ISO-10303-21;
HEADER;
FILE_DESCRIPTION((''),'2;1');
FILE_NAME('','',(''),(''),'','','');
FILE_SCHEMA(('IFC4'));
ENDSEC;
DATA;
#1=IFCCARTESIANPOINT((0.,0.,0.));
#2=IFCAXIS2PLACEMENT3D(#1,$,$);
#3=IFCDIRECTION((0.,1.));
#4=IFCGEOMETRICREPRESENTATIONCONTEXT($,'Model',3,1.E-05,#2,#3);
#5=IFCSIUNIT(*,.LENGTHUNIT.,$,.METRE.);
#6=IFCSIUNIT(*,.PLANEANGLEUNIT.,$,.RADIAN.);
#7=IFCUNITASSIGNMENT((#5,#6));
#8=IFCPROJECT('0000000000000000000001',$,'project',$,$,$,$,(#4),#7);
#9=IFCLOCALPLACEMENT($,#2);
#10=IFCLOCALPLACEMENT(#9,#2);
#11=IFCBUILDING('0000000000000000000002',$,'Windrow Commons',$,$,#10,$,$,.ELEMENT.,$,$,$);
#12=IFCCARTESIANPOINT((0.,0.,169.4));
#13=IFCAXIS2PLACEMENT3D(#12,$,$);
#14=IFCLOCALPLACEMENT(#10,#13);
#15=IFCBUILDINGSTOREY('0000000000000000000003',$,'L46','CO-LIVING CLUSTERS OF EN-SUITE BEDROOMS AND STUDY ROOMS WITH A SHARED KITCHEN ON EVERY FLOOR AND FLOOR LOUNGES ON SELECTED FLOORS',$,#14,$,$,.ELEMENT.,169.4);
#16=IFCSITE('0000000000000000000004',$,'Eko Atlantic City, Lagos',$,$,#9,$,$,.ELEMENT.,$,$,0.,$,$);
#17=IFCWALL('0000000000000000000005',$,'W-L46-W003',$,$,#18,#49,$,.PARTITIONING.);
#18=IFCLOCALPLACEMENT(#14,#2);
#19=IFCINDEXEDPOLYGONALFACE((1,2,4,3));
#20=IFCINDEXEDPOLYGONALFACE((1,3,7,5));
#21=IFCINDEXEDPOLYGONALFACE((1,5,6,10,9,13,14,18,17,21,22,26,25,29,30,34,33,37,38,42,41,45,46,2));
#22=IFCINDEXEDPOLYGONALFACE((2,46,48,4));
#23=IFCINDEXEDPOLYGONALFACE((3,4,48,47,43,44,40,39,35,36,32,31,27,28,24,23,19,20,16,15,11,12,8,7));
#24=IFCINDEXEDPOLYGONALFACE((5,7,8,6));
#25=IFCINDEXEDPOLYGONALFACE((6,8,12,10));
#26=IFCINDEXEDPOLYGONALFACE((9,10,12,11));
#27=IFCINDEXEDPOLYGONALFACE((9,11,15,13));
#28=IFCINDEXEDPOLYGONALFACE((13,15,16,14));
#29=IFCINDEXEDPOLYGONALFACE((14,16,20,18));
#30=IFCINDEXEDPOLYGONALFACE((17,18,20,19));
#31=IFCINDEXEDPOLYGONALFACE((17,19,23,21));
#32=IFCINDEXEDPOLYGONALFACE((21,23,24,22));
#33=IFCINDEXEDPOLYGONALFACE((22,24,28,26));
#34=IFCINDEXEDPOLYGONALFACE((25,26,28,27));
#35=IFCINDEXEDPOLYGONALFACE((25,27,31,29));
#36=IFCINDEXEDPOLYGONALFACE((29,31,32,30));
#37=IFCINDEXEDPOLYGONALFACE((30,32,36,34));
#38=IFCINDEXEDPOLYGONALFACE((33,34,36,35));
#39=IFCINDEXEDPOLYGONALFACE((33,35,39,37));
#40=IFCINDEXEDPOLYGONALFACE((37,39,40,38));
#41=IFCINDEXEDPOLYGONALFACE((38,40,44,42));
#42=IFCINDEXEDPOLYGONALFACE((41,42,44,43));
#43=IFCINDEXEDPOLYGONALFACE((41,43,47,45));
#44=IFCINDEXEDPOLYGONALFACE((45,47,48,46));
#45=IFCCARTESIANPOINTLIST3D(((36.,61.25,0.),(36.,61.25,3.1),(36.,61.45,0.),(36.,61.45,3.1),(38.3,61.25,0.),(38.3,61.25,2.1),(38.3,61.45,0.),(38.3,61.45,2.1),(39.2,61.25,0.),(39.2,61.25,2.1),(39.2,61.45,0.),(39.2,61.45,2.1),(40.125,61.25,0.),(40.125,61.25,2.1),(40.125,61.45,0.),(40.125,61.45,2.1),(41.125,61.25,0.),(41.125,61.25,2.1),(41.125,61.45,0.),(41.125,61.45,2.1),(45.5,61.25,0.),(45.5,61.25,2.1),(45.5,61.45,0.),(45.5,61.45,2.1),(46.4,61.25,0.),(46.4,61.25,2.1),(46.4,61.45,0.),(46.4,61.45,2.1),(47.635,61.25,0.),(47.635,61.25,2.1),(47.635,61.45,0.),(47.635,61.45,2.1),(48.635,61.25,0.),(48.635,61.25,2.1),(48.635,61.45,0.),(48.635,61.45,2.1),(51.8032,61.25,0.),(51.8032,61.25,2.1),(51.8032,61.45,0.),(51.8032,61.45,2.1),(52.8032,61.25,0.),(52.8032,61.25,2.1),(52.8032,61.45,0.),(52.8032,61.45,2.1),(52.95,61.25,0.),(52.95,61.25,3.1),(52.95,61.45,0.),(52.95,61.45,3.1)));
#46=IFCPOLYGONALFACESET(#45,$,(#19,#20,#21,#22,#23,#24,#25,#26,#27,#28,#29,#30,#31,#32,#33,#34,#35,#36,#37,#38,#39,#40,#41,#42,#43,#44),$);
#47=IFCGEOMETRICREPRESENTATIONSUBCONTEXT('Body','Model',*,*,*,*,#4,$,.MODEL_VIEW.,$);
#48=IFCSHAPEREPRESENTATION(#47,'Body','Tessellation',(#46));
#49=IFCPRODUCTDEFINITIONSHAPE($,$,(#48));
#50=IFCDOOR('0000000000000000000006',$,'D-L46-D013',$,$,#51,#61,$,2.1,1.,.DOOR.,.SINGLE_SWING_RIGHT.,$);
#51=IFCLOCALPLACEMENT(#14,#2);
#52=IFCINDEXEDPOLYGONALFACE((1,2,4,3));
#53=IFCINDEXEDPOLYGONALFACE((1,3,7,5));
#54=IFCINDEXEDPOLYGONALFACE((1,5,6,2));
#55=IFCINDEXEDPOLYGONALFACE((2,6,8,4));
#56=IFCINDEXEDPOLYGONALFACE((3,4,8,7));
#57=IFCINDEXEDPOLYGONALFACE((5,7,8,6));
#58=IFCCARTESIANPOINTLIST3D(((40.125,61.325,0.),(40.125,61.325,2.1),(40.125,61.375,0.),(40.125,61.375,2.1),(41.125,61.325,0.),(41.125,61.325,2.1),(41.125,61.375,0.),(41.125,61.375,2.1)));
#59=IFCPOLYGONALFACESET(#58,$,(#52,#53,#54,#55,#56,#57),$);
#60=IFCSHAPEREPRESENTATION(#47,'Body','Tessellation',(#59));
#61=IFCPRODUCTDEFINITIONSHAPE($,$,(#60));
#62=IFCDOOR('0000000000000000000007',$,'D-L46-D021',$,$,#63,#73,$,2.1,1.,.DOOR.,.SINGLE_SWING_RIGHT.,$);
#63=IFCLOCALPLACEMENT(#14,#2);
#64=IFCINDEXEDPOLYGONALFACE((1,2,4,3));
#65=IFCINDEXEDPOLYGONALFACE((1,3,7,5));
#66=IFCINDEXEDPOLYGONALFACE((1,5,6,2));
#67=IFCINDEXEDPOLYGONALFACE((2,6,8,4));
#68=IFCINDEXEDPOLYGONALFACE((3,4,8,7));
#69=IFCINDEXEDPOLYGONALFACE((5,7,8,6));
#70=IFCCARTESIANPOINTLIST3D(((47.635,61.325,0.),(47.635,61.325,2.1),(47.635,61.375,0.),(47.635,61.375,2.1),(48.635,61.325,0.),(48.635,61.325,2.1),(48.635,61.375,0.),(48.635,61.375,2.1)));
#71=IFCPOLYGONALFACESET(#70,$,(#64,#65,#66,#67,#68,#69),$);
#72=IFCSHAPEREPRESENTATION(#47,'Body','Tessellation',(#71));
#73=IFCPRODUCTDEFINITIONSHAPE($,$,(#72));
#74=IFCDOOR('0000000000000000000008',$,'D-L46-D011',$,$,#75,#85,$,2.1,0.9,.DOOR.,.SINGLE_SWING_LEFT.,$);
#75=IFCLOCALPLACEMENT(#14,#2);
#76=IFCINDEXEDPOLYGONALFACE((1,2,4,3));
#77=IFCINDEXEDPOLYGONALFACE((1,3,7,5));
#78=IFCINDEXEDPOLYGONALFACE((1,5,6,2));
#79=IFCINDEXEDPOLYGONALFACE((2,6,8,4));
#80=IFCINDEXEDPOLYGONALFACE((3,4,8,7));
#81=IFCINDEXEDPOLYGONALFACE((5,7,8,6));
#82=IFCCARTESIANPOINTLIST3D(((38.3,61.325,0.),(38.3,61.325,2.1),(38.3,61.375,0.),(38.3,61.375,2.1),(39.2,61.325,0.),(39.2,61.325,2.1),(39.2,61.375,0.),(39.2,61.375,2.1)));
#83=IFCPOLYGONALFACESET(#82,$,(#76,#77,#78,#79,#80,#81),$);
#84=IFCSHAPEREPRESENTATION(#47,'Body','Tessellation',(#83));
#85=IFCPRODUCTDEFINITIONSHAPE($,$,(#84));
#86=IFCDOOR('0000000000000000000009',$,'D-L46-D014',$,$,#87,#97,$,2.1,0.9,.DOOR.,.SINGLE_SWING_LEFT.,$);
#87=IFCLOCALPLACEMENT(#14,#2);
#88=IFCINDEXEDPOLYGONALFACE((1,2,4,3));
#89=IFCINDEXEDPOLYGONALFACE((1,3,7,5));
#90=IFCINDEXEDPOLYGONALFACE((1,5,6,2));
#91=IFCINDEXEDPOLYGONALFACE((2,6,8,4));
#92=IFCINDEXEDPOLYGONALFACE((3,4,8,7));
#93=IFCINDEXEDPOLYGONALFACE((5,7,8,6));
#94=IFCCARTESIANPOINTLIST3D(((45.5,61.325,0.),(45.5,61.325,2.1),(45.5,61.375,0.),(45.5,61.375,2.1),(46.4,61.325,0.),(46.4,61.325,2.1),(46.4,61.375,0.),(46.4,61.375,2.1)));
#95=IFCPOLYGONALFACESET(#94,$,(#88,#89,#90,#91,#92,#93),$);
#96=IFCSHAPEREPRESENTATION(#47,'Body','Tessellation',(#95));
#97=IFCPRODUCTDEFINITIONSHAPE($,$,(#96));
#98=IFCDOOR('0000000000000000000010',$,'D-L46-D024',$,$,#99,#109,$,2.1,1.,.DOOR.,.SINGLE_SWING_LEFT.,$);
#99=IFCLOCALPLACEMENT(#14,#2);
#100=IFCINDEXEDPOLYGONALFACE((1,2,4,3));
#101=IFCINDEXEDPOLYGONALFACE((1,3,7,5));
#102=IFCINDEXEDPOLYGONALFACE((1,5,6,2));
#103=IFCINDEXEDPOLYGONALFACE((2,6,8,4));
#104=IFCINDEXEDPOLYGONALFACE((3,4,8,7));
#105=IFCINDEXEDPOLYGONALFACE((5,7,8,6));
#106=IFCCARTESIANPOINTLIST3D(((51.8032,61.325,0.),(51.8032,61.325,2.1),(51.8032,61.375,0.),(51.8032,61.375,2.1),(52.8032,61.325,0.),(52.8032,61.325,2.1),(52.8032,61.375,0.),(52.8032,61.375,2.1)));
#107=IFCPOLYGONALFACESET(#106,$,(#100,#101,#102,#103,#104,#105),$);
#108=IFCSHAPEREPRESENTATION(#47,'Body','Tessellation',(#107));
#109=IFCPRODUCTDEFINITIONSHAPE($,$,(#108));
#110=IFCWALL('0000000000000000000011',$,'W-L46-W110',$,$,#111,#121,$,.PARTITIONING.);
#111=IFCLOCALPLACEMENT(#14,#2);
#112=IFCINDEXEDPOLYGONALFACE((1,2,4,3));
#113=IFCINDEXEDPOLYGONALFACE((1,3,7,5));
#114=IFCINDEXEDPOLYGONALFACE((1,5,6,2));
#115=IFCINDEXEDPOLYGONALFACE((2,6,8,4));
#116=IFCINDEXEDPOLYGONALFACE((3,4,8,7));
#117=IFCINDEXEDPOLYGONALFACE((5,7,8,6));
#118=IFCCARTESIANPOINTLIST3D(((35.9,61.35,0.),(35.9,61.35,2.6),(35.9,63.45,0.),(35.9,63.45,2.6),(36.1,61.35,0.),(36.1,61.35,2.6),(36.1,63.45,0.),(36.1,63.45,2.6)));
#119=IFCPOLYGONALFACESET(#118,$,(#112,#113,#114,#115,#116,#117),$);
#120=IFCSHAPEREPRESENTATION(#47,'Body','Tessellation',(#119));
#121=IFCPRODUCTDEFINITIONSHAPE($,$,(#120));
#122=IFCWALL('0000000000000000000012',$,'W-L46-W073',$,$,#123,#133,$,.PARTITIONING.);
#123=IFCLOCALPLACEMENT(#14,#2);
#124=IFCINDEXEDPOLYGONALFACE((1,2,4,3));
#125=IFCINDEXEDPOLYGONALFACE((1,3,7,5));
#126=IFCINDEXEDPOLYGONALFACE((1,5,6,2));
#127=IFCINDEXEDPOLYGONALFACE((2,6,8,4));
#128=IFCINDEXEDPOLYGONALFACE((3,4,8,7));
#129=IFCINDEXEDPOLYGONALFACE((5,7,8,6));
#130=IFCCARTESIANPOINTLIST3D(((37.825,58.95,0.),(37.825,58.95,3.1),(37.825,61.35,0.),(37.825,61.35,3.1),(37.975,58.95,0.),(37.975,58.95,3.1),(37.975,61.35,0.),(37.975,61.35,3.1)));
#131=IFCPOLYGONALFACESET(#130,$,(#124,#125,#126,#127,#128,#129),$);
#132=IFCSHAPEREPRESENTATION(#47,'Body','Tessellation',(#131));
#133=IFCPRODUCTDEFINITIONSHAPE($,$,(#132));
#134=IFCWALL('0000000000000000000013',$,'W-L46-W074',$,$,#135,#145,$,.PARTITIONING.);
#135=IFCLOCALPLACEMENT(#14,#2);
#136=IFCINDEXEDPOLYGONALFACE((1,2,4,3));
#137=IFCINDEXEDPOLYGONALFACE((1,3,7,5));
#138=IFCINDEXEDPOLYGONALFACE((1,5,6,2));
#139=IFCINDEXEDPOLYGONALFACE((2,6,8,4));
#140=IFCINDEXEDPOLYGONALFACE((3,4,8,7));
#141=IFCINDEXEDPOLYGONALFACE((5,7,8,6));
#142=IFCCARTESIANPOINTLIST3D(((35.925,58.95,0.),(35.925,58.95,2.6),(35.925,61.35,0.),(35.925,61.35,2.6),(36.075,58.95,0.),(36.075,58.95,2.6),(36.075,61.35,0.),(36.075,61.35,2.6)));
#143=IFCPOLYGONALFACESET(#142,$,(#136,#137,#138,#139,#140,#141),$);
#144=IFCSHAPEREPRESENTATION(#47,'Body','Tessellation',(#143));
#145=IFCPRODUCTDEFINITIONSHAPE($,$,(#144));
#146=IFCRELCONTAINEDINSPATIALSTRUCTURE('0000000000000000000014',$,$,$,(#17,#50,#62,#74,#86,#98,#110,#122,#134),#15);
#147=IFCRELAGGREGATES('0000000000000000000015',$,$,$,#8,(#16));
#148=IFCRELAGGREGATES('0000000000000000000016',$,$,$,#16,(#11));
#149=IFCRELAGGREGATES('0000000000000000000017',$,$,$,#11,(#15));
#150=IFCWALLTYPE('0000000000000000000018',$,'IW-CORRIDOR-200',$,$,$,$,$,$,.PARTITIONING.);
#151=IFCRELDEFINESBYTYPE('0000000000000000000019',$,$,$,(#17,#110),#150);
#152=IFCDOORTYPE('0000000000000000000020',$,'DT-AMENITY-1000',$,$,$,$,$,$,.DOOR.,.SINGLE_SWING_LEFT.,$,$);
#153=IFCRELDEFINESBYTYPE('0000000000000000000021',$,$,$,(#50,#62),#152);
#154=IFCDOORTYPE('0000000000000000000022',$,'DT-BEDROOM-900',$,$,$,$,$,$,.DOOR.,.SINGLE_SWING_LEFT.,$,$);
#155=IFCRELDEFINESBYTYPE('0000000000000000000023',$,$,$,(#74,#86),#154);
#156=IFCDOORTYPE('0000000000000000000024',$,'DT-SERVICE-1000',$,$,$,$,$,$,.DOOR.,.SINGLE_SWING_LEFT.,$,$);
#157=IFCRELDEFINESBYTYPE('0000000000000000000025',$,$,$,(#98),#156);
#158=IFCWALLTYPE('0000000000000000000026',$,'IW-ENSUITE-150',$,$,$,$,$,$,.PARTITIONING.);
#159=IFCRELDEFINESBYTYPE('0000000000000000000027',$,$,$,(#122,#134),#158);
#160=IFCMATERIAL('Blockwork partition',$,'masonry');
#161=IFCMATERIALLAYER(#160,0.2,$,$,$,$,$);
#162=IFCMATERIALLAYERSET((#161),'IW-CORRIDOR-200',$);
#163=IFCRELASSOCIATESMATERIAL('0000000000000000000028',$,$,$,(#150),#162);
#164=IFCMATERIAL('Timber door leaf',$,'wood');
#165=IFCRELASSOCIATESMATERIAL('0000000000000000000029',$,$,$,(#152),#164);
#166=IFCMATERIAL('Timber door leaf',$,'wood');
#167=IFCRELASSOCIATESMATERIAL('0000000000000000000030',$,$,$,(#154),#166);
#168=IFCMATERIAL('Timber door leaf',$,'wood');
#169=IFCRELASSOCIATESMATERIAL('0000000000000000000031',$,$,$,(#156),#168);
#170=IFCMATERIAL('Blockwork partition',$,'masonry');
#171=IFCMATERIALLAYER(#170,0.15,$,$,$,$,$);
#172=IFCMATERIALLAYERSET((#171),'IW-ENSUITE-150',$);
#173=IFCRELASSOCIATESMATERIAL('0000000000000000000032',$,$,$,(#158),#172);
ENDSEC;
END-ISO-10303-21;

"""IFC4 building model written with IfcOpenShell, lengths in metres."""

from ifc_helpers import new_model, si_unit, direction, frame, frame_2d, origin, place, context, subcontext, project, spatial, rectangle, extrude, material, layer, layer_set, type_object, element, fill, save


model = new_model("IFC4")

# Units and contexts
model_context = context("Model", 3, precision=1e-05, world=origin(), true_north=direction((0.0, 1.0)))
body_context = subcontext(model_context, "Body", "Model", "MODEL_VIEW")
ifc_project = project(units=[si_unit("LENGTHUNIT", "METRE"), si_unit("PLANEANGLEUNIT", "RADIAN")], contexts=[model_context])

# Site, building, storey
site_placement = place(None, origin())
site = spatial("IfcSite", under=ifc_project, at=site_placement, Name="Eko Atlantic City, Lagos", CompositionType="ELEMENT", RefElevation=0.0)
building_placement = place(site_placement, origin())
building = spatial("IfcBuilding", under=site, at=building_placement, Name="Windrow Commons", CompositionType="ELEMENT")
storey_placement = place(building_placement, frame((0.0, 0.0, 169.4)))
storey = spatial("IfcBuildingStorey", under=building, at=storey_placement, Name="L46", Description="CO-LIVING CLUSTERS OF EN-SUITE BEDROOMS AND STUDY ROOMS WITH A SHARED KITCHEN ON EVERY FLOOR AND FLOOR LOUNGES ON SELECTED FLOORS", CompositionType="ELEMENT", Elevation=169.4)

# Wall, openings, doors
ifc_material_1 = material(Name="Blockwork partition", Category="masonry")
ifc_layer_1 = layer(ifc_material_1, 0.2)
ifc_layer_set_1 = layer_set([ifc_layer_1], Name="IW-CORRIDOR-200")
wall_type_1 = type_object("IfcWallType", Name="IW-CORRIDOR-200", PredefinedType="PARTITIONING", material=ifc_layer_set_1)
wall_1_placement = place(storey_placement, frame((36.0, 61.35, 0.0), z_axis=(0.0, 0.0, 1.0), x_axis=(1.0, 0.0, 0.0)))
wall_1 = element("IfcWall", 1, at=wall_1_placement, inside=storey, type_object=wall_type_1, Name="W-L46-W003", PredefinedType="PARTITIONING", context=body_context, shape_type="SweptSolid", body=[
    extrude(rectangle(XDim=16.95, YDim=0.2, at=frame_2d((8.475, 0.0))), origin(), (0.0, 0.0, 1.0), 3.1),
])
opening_1_placement = place(wall_1_placement, frame((2.3, 0.0, 0.0)))
opening_1 = element("IfcOpeningElement", 2, at=opening_1_placement, cuts=wall_1, PredefinedType="OPENING", context=body_context, shape_type="SweptSolid", body=[
    extrude(rectangle(XDim=0.9, YDim=2.1, at=frame_2d((0.45, 1.05))), frame((0.0, 0.11, 0.0), z_axis=(0.0, -1.0, 0.0), x_axis=(1.0, 0.0, 0.0)), (0.0, 0.0, 1.0), 0.22),
])
opening_2_placement = place(wall_1_placement, frame((4.125, 0.0, 0.0)))
opening_2 = element("IfcOpeningElement", 3, at=opening_2_placement, cuts=wall_1, PredefinedType="OPENING", context=body_context, shape_type="SweptSolid", body=[
    extrude(rectangle(XDim=1.0, YDim=2.1, at=frame_2d((0.5, 1.05))), frame((0.0, 0.11, 0.0), z_axis=(0.0, -1.0, 0.0), x_axis=(1.0, 0.0, 0.0)), (0.0, 0.0, 1.0), 0.22),
])
opening_3_placement = place(wall_1_placement, frame((9.5, 0.0, 0.0)))
opening_3 = element("IfcOpeningElement", 4, at=opening_3_placement, cuts=wall_1, PredefinedType="OPENING", context=body_context, shape_type="SweptSolid", body=[
    extrude(rectangle(XDim=0.9, YDim=2.1, at=frame_2d((0.45, 1.05))), frame((0.0, 0.11, 0.0), z_axis=(0.0, -1.0, 0.0), x_axis=(1.0, 0.0, 0.0)), (0.0, 0.0, 1.0), 0.22),
])
opening_4_placement = place(wall_1_placement, frame((11.635, 0.0, 0.0)))
opening_4 = element("IfcOpeningElement", 5, at=opening_4_placement, cuts=wall_1, PredefinedType="OPENING", context=body_context, shape_type="SweptSolid", body=[
    extrude(rectangle(XDim=1.0, YDim=2.1, at=frame_2d((0.5, 1.05))), frame((0.0, 0.11, 0.0), z_axis=(0.0, -1.0, 0.0), x_axis=(1.0, 0.0, 0.0)), (0.0, 0.0, 1.0), 0.22),
])
opening_5_placement = place(wall_1_placement, frame((15.8032, 0.0, 0.0)))
opening_5 = element("IfcOpeningElement", 6, at=opening_5_placement, cuts=wall_1, PredefinedType="OPENING", context=body_context, shape_type="SweptSolid", body=[
    extrude(rectangle(XDim=1.0, YDim=2.1, at=frame_2d((0.5, 1.05))), frame((0.0, 0.11, 0.0), z_axis=(0.0, -1.0, 0.0), x_axis=(1.0, 0.0, 0.0)), (0.0, 0.0, 1.0), 0.22),
])
ifc_material_2 = material(Name="Timber door leaf", Category="wood")
door_type_1 = type_object("IfcDoorType", Name="DT-AMENITY-1000", OperationType="SINGLE_SWING_LEFT", PredefinedType="DOOR", material=ifc_material_2)
door_1_placement = place(opening_2_placement, origin())
door_1 = element("IfcDoor", 7, at=door_1_placement, inside=storey, type_object=door_type_1, Name="D-L46-D013", OperationType="SINGLE_SWING_RIGHT", OverallHeight=2.1, OverallWidth=1.0, PredefinedType="DOOR", context=body_context, shape_type="SweptSolid", body=[
    extrude(rectangle(XDim=1.0, YDim=2.1, at=frame_2d((0.5, 1.05))), frame((0.0, 0.025, 0.0), z_axis=(0.0, -1.0, 0.0), x_axis=(1.0, 0.0, 0.0)), (0.0, 0.0, 1.0), 0.05),
])
fill(opening_2, door_1)
door_2_placement = place(opening_4_placement, origin())
door_2 = element("IfcDoor", 8, at=door_2_placement, inside=storey, type_object=door_type_1, Name="D-L46-D021", OperationType="SINGLE_SWING_RIGHT", OverallHeight=2.1, OverallWidth=1.0, PredefinedType="DOOR", context=body_context, shape_type="SweptSolid", body=[
    extrude(rectangle(XDim=1.0, YDim=2.1, at=frame_2d((0.5, 1.05))), frame((0.0, 0.025, 0.0), z_axis=(0.0, -1.0, 0.0), x_axis=(1.0, 0.0, 0.0)), (0.0, 0.0, 1.0), 0.05),
])
fill(opening_4, door_2)
ifc_material_3 = material(Name="Timber door leaf", Category="wood")
door_type_2 = type_object("IfcDoorType", Name="DT-BEDROOM-900", OperationType="SINGLE_SWING_LEFT", PredefinedType="DOOR", material=ifc_material_3)
door_3_placement = place(opening_1_placement, origin())
door_3 = element("IfcDoor", 9, at=door_3_placement, inside=storey, type_object=door_type_2, Name="D-L46-D011", OperationType="SINGLE_SWING_LEFT", OverallHeight=2.1, OverallWidth=0.9, PredefinedType="DOOR", context=body_context, shape_type="SweptSolid", body=[
    extrude(rectangle(XDim=0.9, YDim=2.1, at=frame_2d((0.45, 1.05))), frame((0.0, 0.025, 0.0), z_axis=(0.0, -1.0, 0.0), x_axis=(1.0, 0.0, 0.0)), (0.0, 0.0, 1.0), 0.05),
])
fill(opening_1, door_3)
door_4_placement = place(opening_3_placement, origin())
door_4 = element("IfcDoor", 10, at=door_4_placement, inside=storey, type_object=door_type_2, Name="D-L46-D014", OperationType="SINGLE_SWING_LEFT", OverallHeight=2.1, OverallWidth=0.9, PredefinedType="DOOR", context=body_context, shape_type="SweptSolid", body=[
    extrude(rectangle(XDim=0.9, YDim=2.1, at=frame_2d((0.45, 1.05))), frame((0.0, 0.025, 0.0), z_axis=(0.0, -1.0, 0.0), x_axis=(1.0, 0.0, 0.0)), (0.0, 0.0, 1.0), 0.05),
])
fill(opening_3, door_4)
ifc_material_4 = material(Name="Timber door leaf", Category="wood")
door_type_3 = type_object("IfcDoorType", Name="DT-SERVICE-1000", OperationType="SINGLE_SWING_LEFT", PredefinedType="DOOR", material=ifc_material_4)
door_5_placement = place(opening_5_placement, origin())
door_5 = element("IfcDoor", 11, at=door_5_placement, inside=storey, type_object=door_type_3, Name="D-L46-D024", OperationType="SINGLE_SWING_LEFT", OverallHeight=2.1, OverallWidth=1.0, PredefinedType="DOOR", context=body_context, shape_type="SweptSolid", body=[
    extrude(rectangle(XDim=1.0, YDim=2.1, at=frame_2d((0.5, 1.05))), frame((0.0, 0.025, 0.0), z_axis=(0.0, -1.0, 0.0), x_axis=(1.0, 0.0, 0.0)), (0.0, 0.0, 1.0), 0.05),
])
fill(opening_5, door_5)

# Walls
wall_2_placement = place(storey_placement, frame((36.0, 61.35, 0.0), z_axis=(0.0, 0.0, 1.0), x_axis=(0.0, 1.0, 0.0)))
element("IfcWall", 12, at=wall_2_placement, inside=storey, type_object=wall_type_1, Name="W-L46-W110", PredefinedType="PARTITIONING", context=body_context, shape_type="SweptSolid", body=[
    extrude(rectangle(XDim=2.1, YDim=0.2, at=frame_2d((1.05, 0.0))), origin(), (0.0, 0.0, 1.0), 2.6),
])
ifc_material_5 = material(Name="Blockwork partition", Category="masonry")
ifc_layer_2 = layer(ifc_material_5, 0.15)
ifc_layer_set_2 = layer_set([ifc_layer_2], Name="IW-ENSUITE-150")
wall_type_2 = type_object("IfcWallType", Name="IW-ENSUITE-150", PredefinedType="PARTITIONING", material=ifc_layer_set_2)
wall_3_placement = place(storey_placement, frame((37.9, 58.95, 0.0), z_axis=(0.0, 0.0, 1.0), x_axis=(0.0, 1.0, 0.0)))
element("IfcWall", 13, at=wall_3_placement, inside=storey, type_object=wall_type_2, Name="W-L46-W073", PredefinedType="PARTITIONING", context=body_context, shape_type="SweptSolid", body=[
    extrude(rectangle(XDim=2.4, YDim=0.15, at=frame_2d((1.2, 0.0))), origin(), (0.0, 0.0, 1.0), 3.1),
])
wall_4_placement = place(storey_placement, frame((36.0, 58.95, 0.0), z_axis=(0.0, 0.0, 1.0), x_axis=(0.0, 1.0, 0.0)))
element("IfcWall", 14, at=wall_4_placement, inside=storey, type_object=wall_type_2, Name="W-L46-W074", PredefinedType="PARTITIONING", context=body_context, shape_type="SweptSolid", body=[
    extrude(rectangle(XDim=2.4, YDim=0.15, at=frame_2d((1.2, 0.0))), origin(), (0.0, 0.0, 1.0), 2.6),
])

save(model, "model.ifc")
